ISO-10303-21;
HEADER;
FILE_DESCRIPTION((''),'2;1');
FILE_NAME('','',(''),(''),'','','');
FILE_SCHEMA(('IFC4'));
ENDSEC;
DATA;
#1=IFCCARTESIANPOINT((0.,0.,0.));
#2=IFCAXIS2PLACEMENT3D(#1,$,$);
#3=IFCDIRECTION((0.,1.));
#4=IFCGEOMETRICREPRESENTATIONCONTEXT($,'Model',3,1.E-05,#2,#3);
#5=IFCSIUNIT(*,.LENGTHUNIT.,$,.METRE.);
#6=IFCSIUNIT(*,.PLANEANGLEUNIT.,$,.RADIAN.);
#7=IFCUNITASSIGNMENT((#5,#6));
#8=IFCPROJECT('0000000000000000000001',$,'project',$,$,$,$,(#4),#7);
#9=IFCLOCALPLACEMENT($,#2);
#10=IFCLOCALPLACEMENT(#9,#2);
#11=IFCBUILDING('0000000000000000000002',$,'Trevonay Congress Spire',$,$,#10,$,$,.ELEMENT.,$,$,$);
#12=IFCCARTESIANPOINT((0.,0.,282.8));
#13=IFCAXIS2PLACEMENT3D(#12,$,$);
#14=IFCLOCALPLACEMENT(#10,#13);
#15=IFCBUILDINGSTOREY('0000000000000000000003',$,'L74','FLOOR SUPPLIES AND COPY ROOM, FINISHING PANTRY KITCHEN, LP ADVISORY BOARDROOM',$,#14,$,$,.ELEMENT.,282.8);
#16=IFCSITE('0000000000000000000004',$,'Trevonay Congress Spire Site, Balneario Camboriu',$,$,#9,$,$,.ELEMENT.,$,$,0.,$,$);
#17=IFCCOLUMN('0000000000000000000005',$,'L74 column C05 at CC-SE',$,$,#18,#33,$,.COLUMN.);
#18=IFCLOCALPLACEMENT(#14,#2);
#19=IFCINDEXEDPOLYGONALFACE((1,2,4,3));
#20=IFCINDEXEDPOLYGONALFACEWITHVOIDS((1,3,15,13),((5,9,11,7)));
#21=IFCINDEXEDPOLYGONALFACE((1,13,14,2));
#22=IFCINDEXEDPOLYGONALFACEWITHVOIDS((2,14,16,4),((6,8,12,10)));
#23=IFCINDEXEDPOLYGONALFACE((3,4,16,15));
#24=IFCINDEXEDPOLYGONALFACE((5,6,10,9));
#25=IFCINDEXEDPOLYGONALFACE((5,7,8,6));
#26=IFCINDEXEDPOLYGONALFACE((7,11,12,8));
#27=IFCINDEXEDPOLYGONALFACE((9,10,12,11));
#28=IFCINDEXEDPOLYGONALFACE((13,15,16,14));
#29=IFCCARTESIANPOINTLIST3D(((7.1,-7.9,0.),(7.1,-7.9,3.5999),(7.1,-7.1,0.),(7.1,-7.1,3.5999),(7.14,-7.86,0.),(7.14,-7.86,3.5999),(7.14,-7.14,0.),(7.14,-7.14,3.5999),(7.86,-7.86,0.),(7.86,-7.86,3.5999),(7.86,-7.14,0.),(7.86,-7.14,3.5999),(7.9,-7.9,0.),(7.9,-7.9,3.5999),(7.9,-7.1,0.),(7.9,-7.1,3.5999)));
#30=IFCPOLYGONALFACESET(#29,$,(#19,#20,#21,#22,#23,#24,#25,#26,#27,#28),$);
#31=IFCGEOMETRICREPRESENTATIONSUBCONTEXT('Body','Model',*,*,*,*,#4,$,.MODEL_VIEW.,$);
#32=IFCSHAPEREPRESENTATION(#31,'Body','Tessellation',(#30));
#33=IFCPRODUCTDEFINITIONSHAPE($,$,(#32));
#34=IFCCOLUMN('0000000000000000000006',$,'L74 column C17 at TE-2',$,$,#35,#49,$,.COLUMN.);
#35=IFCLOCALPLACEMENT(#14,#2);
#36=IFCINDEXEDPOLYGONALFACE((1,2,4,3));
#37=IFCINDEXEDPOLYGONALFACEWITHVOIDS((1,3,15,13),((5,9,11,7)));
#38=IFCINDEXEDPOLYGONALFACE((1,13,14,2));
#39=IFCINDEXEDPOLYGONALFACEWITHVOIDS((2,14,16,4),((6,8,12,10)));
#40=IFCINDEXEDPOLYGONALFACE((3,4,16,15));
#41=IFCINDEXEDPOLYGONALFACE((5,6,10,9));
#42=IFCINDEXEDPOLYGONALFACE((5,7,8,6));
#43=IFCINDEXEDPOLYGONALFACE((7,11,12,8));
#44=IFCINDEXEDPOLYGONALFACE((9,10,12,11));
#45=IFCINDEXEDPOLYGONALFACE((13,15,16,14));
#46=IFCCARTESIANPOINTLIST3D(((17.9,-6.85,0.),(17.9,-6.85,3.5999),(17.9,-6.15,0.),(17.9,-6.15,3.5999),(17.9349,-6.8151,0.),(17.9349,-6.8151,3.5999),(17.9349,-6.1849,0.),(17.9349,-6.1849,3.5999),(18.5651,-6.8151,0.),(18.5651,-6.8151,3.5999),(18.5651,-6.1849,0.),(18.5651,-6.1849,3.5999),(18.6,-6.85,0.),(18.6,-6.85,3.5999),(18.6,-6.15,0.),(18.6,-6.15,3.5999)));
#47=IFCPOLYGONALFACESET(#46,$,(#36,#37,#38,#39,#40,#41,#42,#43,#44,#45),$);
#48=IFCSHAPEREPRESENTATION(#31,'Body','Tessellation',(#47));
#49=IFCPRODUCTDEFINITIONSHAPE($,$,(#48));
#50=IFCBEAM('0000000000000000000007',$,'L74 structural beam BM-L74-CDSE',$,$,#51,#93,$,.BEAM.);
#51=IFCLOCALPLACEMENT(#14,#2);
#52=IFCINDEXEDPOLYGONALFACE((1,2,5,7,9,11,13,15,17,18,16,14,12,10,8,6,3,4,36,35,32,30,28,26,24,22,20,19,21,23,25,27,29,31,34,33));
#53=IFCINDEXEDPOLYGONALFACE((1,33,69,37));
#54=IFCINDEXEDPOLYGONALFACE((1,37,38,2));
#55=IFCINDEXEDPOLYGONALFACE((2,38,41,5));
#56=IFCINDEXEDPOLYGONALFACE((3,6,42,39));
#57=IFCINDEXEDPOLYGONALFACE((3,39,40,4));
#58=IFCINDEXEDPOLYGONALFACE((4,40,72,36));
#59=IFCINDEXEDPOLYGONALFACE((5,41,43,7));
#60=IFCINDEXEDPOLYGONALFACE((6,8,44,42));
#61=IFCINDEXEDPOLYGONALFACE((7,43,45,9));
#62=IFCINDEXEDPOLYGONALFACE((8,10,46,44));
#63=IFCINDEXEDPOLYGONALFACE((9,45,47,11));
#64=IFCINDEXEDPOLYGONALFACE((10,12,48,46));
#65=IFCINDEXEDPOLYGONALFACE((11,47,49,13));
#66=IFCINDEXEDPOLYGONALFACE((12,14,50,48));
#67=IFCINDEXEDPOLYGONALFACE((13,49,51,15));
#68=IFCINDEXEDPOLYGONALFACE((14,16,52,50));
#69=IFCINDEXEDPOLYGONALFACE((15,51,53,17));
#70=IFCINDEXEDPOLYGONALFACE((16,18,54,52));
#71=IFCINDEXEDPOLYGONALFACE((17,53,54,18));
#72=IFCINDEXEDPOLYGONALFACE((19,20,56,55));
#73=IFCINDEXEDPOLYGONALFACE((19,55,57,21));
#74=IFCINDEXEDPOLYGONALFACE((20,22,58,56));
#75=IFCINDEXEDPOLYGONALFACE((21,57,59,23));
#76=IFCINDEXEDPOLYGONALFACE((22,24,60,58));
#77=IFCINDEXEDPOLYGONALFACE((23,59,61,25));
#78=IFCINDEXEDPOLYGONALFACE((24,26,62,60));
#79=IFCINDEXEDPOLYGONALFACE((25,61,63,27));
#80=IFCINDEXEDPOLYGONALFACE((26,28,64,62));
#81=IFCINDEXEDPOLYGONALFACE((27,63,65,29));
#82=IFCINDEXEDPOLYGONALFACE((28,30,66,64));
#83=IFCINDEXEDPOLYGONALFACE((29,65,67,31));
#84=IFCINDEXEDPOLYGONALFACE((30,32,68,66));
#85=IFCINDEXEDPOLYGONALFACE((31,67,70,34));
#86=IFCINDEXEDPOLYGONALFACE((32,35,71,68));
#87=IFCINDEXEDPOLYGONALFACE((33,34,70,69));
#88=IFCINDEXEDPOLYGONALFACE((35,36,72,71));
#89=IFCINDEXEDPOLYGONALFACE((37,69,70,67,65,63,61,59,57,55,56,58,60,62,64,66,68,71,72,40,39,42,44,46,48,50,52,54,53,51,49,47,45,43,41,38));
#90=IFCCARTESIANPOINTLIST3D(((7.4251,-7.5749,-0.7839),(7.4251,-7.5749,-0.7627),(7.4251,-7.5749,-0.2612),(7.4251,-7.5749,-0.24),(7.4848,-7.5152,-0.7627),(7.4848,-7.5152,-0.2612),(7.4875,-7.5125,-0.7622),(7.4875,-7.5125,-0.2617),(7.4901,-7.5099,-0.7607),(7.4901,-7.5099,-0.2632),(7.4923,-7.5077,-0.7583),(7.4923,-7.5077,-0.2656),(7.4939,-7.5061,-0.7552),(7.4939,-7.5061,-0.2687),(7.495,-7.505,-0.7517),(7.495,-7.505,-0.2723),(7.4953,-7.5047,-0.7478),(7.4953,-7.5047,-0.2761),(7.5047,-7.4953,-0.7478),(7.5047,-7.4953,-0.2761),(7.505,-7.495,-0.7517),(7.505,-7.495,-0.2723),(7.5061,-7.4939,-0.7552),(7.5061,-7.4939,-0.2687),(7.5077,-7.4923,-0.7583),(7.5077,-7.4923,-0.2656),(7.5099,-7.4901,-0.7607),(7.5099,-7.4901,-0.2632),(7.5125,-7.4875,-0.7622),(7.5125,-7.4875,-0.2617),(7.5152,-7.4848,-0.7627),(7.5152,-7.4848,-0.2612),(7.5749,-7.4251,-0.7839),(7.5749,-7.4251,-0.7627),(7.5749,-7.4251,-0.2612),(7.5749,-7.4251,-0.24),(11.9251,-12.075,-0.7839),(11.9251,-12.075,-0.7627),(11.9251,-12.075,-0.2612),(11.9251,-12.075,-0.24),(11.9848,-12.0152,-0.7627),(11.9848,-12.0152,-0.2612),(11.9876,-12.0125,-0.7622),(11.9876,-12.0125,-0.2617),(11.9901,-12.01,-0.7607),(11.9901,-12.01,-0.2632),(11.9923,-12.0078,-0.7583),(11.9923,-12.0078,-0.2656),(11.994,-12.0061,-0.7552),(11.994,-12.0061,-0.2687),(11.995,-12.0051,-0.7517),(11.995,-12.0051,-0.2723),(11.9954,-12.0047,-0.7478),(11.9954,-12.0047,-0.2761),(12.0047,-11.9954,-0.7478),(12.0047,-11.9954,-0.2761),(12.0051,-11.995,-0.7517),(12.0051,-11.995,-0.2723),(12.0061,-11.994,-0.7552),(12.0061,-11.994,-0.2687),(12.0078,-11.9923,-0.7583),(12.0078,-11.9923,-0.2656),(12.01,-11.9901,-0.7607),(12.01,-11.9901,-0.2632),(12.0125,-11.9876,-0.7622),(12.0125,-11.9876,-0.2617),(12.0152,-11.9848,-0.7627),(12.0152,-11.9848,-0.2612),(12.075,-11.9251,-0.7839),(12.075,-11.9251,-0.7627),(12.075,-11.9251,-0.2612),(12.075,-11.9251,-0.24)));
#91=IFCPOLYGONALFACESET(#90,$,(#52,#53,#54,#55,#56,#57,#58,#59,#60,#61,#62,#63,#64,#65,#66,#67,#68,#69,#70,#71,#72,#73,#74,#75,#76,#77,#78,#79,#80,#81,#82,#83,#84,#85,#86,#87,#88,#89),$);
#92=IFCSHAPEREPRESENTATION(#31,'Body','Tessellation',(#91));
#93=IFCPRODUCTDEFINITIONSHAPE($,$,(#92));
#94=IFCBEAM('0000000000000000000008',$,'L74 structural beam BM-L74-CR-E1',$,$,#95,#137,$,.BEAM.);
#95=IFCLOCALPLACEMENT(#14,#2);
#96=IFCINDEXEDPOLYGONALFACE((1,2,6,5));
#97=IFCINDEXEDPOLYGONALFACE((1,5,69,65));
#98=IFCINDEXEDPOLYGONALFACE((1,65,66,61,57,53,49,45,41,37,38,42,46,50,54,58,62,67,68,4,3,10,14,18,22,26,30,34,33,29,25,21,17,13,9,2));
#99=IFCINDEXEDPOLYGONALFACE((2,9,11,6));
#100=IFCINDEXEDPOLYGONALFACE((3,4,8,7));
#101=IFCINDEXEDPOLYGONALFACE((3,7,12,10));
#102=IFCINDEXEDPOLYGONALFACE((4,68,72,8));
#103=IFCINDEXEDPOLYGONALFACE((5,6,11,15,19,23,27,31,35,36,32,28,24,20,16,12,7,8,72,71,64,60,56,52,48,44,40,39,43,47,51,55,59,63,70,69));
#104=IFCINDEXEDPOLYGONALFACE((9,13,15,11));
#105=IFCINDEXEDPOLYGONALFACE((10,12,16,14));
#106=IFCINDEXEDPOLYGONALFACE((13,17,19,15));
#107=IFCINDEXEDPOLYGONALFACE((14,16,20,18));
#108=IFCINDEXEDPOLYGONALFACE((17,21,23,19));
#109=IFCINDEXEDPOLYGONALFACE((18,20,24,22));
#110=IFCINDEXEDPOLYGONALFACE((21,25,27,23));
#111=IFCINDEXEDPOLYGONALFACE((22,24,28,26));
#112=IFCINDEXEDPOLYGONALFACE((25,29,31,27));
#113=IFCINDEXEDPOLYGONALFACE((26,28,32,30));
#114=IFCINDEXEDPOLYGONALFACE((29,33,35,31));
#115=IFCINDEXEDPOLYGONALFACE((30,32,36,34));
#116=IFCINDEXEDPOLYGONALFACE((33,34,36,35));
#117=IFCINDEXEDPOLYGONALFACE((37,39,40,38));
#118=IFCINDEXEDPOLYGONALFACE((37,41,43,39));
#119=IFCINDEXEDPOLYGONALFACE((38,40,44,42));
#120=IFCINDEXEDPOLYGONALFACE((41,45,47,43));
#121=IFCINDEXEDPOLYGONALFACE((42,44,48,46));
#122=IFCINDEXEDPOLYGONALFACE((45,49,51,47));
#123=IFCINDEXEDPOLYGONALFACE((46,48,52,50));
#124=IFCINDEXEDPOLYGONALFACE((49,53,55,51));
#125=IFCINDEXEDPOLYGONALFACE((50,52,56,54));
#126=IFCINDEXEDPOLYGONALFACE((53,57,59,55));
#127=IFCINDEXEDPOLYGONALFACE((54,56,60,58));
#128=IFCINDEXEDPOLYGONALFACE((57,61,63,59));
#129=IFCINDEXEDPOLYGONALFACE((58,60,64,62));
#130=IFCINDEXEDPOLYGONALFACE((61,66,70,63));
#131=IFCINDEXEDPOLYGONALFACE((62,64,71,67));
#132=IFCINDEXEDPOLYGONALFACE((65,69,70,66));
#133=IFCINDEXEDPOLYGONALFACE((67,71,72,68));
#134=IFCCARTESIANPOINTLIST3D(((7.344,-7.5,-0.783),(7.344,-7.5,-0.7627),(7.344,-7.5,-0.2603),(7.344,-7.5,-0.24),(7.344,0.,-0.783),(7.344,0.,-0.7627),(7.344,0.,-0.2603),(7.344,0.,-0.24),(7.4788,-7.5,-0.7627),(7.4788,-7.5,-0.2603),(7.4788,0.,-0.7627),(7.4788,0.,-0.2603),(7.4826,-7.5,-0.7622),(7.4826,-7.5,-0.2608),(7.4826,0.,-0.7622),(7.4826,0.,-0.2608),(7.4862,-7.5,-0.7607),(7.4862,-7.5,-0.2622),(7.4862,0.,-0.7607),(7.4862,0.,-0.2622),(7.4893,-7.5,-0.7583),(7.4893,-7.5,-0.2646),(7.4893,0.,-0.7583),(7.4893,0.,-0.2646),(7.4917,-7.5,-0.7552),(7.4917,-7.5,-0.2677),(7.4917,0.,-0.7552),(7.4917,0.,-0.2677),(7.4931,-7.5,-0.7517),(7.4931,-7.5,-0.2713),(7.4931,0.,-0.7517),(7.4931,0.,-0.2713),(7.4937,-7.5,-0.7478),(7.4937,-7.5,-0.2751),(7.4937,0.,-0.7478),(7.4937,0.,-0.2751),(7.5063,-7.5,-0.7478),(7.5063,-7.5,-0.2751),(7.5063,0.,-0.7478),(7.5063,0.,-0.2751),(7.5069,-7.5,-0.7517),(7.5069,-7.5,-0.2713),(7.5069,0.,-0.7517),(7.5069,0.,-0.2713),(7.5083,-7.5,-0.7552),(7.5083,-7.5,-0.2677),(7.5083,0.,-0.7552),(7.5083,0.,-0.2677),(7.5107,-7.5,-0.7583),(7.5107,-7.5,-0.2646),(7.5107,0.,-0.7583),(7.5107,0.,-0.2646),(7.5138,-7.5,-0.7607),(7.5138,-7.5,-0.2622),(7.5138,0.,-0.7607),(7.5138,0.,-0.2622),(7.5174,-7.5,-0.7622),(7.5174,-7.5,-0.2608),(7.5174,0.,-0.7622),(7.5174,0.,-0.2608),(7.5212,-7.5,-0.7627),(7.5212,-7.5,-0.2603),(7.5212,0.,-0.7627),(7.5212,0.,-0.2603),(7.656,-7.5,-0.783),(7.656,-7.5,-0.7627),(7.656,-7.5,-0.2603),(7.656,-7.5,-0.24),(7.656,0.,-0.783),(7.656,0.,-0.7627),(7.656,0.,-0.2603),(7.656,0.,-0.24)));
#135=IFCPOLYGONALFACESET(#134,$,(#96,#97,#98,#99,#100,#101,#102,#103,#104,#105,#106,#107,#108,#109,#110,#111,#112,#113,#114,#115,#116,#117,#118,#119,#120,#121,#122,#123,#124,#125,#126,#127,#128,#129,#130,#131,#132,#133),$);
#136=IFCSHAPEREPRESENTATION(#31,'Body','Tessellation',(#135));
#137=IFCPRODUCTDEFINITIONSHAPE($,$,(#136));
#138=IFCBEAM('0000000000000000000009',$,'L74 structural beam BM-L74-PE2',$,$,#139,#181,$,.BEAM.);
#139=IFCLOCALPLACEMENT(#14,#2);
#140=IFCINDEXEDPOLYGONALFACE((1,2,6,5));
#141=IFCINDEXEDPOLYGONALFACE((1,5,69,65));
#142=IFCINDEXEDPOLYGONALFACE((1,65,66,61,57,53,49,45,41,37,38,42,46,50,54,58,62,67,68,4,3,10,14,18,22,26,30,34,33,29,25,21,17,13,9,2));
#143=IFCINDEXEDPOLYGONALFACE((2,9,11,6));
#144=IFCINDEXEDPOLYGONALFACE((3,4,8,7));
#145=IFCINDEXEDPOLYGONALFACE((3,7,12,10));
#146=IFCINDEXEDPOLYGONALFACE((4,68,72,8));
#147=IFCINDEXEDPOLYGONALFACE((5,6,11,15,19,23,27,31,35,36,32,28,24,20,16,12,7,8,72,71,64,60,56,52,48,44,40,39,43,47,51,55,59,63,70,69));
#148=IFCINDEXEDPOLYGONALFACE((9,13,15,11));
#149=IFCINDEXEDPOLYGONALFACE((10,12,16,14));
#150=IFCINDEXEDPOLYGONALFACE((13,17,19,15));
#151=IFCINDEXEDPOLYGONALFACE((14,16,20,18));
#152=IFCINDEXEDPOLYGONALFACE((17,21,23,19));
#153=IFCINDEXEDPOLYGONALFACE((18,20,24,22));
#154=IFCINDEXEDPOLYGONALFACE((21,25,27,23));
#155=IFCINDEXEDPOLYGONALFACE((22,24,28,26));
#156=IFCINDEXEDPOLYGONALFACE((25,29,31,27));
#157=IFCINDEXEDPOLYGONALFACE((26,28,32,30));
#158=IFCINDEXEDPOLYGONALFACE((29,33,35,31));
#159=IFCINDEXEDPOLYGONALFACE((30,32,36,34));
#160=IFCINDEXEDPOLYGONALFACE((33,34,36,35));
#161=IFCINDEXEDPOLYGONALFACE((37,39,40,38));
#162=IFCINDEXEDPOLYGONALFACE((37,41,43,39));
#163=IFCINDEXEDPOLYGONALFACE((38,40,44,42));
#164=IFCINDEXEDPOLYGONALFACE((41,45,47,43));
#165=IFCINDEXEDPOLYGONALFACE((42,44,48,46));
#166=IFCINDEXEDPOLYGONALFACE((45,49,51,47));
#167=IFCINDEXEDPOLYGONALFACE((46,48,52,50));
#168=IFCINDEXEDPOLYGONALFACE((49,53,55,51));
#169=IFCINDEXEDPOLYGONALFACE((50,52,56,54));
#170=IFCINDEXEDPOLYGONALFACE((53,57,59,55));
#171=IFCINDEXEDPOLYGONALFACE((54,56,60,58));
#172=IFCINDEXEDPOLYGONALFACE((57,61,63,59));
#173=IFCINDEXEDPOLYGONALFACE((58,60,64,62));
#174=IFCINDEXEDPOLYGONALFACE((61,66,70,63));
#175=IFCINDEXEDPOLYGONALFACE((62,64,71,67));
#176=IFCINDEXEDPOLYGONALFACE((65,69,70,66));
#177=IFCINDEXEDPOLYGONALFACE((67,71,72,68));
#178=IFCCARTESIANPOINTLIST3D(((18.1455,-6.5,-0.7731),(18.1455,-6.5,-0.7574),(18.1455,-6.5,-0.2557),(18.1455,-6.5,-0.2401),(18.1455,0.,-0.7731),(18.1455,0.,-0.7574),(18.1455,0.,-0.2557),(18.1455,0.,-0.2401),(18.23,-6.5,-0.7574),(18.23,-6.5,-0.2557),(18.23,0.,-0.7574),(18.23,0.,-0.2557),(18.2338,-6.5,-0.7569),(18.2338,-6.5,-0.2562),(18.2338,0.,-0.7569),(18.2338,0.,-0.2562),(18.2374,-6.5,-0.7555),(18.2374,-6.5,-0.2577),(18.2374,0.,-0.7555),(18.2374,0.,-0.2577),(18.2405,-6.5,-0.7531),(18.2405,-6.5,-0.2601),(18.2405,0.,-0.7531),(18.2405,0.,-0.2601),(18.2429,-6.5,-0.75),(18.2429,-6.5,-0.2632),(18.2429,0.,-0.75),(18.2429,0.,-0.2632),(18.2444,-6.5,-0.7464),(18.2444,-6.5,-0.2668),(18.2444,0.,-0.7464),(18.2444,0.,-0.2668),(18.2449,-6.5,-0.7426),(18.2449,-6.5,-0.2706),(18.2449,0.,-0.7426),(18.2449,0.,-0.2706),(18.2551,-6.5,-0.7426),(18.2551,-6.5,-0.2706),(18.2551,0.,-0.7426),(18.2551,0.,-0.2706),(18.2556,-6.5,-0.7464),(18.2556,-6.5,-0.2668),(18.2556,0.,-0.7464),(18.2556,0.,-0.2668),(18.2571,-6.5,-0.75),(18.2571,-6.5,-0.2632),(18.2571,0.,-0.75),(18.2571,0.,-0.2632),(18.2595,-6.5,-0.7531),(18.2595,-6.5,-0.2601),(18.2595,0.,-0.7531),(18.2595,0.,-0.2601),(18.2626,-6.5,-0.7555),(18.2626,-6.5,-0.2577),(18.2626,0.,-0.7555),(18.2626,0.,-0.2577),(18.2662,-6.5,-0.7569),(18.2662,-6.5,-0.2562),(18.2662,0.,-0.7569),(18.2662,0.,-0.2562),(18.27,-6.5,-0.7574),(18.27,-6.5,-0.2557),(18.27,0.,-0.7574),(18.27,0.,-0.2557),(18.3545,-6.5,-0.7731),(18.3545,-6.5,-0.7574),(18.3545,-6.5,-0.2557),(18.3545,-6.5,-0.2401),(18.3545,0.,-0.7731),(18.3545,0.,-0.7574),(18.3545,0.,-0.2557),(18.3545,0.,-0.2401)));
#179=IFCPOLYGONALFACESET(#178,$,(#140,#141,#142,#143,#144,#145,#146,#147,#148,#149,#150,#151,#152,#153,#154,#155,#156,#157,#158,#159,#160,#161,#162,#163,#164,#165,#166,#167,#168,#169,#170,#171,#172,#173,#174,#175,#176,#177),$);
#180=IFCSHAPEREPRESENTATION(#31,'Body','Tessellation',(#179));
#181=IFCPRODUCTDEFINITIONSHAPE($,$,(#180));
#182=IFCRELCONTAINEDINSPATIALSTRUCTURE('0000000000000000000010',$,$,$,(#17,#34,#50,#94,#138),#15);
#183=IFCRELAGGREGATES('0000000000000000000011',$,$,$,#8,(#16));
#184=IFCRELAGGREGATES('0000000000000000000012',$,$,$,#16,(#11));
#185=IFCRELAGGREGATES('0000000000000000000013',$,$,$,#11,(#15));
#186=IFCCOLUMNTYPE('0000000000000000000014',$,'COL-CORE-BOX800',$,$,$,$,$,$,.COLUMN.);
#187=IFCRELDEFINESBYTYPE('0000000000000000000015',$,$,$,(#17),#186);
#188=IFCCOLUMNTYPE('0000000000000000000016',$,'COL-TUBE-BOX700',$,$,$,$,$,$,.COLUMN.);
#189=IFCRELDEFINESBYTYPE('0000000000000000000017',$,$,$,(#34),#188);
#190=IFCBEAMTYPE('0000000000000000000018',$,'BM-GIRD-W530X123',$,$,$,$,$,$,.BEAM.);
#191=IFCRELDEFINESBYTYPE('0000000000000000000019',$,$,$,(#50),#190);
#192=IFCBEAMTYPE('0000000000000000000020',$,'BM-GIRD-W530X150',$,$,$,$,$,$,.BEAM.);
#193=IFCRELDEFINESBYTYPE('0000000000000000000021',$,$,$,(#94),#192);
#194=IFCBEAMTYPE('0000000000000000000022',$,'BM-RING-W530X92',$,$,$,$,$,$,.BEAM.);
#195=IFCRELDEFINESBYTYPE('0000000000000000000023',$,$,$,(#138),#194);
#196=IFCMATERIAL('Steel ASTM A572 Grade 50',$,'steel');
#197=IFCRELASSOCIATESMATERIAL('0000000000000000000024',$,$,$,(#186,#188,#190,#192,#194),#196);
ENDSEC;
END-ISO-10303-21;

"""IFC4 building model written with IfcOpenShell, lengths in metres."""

from ifc_helpers import new_model, si_unit, direction, frame, origin, origin_2d, place, context, subcontext, project, spatial, hollow_rectangle, i_section, extrude, material, material_profile, profile_set, type_object, element, save


model = new_model("IFC4")

# Units and contexts
model_context = context("Model", 3, precision=1e-05, world=origin(), true_north=direction((0.0, 1.0)))
body_context = subcontext(model_context, "Body", "Model", "MODEL_VIEW")
ifc_project = project(units=[si_unit("LENGTHUNIT", "METRE"), si_unit("PLANEANGLEUNIT", "RADIAN")], contexts=[model_context])

# Site, building, storey
site_placement = place(None, origin())
site = spatial("IfcSite", under=ifc_project, at=site_placement, Name="Trevonay Congress Spire Site, Balneario Camboriu", CompositionType="ELEMENT", RefElevation=0.0)
building_placement = place(site_placement, origin())
building = spatial("IfcBuilding", under=site, at=building_placement, Name="Trevonay Congress Spire", CompositionType="ELEMENT")
storey_placement = place(building_placement, frame((0.0, 0.0, 282.8)))
storey = spatial("IfcBuildingStorey", under=building, at=storey_placement, Name="L74", Description="FLOOR SUPPLIES AND COPY ROOM, FINISHING PANTRY KITCHEN, LP ADVISORY BOARDROOM", CompositionType="ELEMENT", Elevation=282.8)

# Columns
ifc_material_1 = material(Name="Steel ASTM A572 Grade 50", Category="steel")
ifc_material_profile_1 = material_profile(ifc_material_1, hollow_rectangle(XDim=0.8, YDim=0.8, WallThickness=0.04, at=origin_2d()), Name="BOX 800x800x40")
ifc_profile_set_1 = profile_set([ifc_material_profile_1], Name="Steel ASTM A572 Grade 50")
column_type_1 = type_object("IfcColumnType", Name="COL-CORE-BOX800", PredefinedType="COLUMN", material=ifc_profile_set_1)
column_1_placement = place(storey_placement, frame((7.5, -7.5, 0.0), z_axis=(0.0, 0.0, 1.0), x_axis=(1.0, 0.0, 0.0)))
element("IfcColumn", 1, at=column_1_placement, inside=storey, type_object=column_type_1, Name="L74 column C05 at CC-SE", PredefinedType="COLUMN", context=body_context, shape_type="SweptSolid", body=[
    extrude(hollow_rectangle(XDim=0.8, YDim=0.8, WallThickness=0.04, at=origin_2d()), origin(), (0.0, 0.0, 1.0), 3.5999),
])
ifc_material_profile_2 = material_profile(ifc_material_1, hollow_rectangle(XDim=0.7, YDim=0.7, WallThickness=0.0349, at=origin_2d()), Name="BOX 700x700x35")
ifc_profile_set_2 = profile_set([ifc_material_profile_2], Name="Steel ASTM A572 Grade 50")
column_type_2 = type_object("IfcColumnType", Name="COL-TUBE-BOX700", PredefinedType="COLUMN", material=ifc_profile_set_2)
column_2_placement = place(storey_placement, frame((18.25, -6.5, 0.0), z_axis=(0.0, 0.0, 1.0), x_axis=(1.0, 0.0, 0.0)))
element("IfcColumn", 2, at=column_2_placement, inside=storey, type_object=column_type_2, Name="L74 column C17 at TE-2", PredefinedType="COLUMN", context=body_context, shape_type="SweptSolid", body=[
    extrude(hollow_rectangle(XDim=0.7, YDim=0.7, WallThickness=0.0349, at=origin_2d()), origin(), (0.0, 0.0, 1.0), 3.5999),
])

# Beams
ifc_material_profile_3 = material_profile(ifc_material_1, i_section(OverallWidth=0.2119, OverallDepth=0.5439, WebThickness=0.0132, FlangeThickness=0.0212, FilletRadius=0.0149, at=origin_2d()), Name="W530x123")
ifc_profile_set_3 = profile_set([ifc_material_profile_3], Name="Steel ASTM A572 Grade 50")
beam_type_1 = type_object("IfcBeamType", Name="BM-GIRD-W530X123", PredefinedType="BEAM", material=ifc_profile_set_3)
beam_1_placement = place(storey_placement, frame((7.5, -7.5, -0.512), z_axis=(0.707107, -0.707107, 0.0), x_axis=(0.707107, 0.707107, 0.0)))
element("IfcBeam", 3, at=beam_1_placement, inside=storey, type_object=beam_type_1, Name="L74 structural beam BM-L74-CDSE", PredefinedType="BEAM", context=body_context, shape_type="SweptSolid", body=[
    extrude(i_section(OverallWidth=0.2119, OverallDepth=0.5439, WebThickness=0.0132, FlangeThickness=0.0212, FilletRadius=0.0149, at=origin_2d()), origin(), (0.0, 0.0, 1.0), 6.364),
])
ifc_material_profile_4 = material_profile(ifc_material_1, i_section(OverallWidth=0.312, OverallDepth=0.543, WebThickness=0.0127, FlangeThickness=0.0203, FilletRadius=0.0149, at=origin_2d()), Name="W530x150")
ifc_profile_set_4 = profile_set([ifc_material_profile_4], Name="Steel ASTM A572 Grade 50")
beam_type_2 = type_object("IfcBeamType", Name="BM-GIRD-W530X150", PredefinedType="BEAM", material=ifc_profile_set_4)
beam_2_placement = place(storey_placement, frame((7.5, -7.5, -0.5115), z_axis=(0.0, 1.0, 0.0), x_axis=(-1.0, 0.0, 0.0)))
element("IfcBeam", 4, at=beam_2_placement, inside=storey, type_object=beam_type_2, Name="L74 structural beam BM-L74-CR-E1", PredefinedType="BEAM", context=body_context, shape_type="SweptSolid", body=[
    extrude(i_section(OverallWidth=0.312, OverallDepth=0.543, WebThickness=0.0127, FlangeThickness=0.0203, FilletRadius=0.0149, at=origin_2d()), origin(), (0.0, 0.0, 1.0), 7.5),
])
ifc_material_profile_5 = material_profile(ifc_material_1, i_section(OverallWidth=0.209, OverallDepth=0.533, WebThickness=0.0103, FlangeThickness=0.0156, FilletRadius=0.0149, at=origin_2d()), Name="W530x92")
ifc_profile_set_5 = profile_set([ifc_material_profile_5], Name="Steel ASTM A572 Grade 50")
beam_type_3 = type_object("IfcBeamType", Name="BM-RING-W530X92", PredefinedType="BEAM", material=ifc_profile_set_5)
beam_3_placement = place(storey_placement, frame((18.25, -6.5, -0.5066), z_axis=(0.0, 1.0, 0.0), x_axis=(-1.0, 0.0, 0.0)))
element("IfcBeam", 5, at=beam_3_placement, inside=storey, type_object=beam_type_3, Name="L74 structural beam BM-L74-PE2", PredefinedType="BEAM", context=body_context, shape_type="SweptSolid", body=[
    extrude(i_section(OverallWidth=0.209, OverallDepth=0.533, WebThickness=0.0103, FlangeThickness=0.0156, FilletRadius=0.0149, at=origin_2d()), origin(), (0.0, 0.0, 1.0), 6.5),
])

save(model, "model.ifc")
